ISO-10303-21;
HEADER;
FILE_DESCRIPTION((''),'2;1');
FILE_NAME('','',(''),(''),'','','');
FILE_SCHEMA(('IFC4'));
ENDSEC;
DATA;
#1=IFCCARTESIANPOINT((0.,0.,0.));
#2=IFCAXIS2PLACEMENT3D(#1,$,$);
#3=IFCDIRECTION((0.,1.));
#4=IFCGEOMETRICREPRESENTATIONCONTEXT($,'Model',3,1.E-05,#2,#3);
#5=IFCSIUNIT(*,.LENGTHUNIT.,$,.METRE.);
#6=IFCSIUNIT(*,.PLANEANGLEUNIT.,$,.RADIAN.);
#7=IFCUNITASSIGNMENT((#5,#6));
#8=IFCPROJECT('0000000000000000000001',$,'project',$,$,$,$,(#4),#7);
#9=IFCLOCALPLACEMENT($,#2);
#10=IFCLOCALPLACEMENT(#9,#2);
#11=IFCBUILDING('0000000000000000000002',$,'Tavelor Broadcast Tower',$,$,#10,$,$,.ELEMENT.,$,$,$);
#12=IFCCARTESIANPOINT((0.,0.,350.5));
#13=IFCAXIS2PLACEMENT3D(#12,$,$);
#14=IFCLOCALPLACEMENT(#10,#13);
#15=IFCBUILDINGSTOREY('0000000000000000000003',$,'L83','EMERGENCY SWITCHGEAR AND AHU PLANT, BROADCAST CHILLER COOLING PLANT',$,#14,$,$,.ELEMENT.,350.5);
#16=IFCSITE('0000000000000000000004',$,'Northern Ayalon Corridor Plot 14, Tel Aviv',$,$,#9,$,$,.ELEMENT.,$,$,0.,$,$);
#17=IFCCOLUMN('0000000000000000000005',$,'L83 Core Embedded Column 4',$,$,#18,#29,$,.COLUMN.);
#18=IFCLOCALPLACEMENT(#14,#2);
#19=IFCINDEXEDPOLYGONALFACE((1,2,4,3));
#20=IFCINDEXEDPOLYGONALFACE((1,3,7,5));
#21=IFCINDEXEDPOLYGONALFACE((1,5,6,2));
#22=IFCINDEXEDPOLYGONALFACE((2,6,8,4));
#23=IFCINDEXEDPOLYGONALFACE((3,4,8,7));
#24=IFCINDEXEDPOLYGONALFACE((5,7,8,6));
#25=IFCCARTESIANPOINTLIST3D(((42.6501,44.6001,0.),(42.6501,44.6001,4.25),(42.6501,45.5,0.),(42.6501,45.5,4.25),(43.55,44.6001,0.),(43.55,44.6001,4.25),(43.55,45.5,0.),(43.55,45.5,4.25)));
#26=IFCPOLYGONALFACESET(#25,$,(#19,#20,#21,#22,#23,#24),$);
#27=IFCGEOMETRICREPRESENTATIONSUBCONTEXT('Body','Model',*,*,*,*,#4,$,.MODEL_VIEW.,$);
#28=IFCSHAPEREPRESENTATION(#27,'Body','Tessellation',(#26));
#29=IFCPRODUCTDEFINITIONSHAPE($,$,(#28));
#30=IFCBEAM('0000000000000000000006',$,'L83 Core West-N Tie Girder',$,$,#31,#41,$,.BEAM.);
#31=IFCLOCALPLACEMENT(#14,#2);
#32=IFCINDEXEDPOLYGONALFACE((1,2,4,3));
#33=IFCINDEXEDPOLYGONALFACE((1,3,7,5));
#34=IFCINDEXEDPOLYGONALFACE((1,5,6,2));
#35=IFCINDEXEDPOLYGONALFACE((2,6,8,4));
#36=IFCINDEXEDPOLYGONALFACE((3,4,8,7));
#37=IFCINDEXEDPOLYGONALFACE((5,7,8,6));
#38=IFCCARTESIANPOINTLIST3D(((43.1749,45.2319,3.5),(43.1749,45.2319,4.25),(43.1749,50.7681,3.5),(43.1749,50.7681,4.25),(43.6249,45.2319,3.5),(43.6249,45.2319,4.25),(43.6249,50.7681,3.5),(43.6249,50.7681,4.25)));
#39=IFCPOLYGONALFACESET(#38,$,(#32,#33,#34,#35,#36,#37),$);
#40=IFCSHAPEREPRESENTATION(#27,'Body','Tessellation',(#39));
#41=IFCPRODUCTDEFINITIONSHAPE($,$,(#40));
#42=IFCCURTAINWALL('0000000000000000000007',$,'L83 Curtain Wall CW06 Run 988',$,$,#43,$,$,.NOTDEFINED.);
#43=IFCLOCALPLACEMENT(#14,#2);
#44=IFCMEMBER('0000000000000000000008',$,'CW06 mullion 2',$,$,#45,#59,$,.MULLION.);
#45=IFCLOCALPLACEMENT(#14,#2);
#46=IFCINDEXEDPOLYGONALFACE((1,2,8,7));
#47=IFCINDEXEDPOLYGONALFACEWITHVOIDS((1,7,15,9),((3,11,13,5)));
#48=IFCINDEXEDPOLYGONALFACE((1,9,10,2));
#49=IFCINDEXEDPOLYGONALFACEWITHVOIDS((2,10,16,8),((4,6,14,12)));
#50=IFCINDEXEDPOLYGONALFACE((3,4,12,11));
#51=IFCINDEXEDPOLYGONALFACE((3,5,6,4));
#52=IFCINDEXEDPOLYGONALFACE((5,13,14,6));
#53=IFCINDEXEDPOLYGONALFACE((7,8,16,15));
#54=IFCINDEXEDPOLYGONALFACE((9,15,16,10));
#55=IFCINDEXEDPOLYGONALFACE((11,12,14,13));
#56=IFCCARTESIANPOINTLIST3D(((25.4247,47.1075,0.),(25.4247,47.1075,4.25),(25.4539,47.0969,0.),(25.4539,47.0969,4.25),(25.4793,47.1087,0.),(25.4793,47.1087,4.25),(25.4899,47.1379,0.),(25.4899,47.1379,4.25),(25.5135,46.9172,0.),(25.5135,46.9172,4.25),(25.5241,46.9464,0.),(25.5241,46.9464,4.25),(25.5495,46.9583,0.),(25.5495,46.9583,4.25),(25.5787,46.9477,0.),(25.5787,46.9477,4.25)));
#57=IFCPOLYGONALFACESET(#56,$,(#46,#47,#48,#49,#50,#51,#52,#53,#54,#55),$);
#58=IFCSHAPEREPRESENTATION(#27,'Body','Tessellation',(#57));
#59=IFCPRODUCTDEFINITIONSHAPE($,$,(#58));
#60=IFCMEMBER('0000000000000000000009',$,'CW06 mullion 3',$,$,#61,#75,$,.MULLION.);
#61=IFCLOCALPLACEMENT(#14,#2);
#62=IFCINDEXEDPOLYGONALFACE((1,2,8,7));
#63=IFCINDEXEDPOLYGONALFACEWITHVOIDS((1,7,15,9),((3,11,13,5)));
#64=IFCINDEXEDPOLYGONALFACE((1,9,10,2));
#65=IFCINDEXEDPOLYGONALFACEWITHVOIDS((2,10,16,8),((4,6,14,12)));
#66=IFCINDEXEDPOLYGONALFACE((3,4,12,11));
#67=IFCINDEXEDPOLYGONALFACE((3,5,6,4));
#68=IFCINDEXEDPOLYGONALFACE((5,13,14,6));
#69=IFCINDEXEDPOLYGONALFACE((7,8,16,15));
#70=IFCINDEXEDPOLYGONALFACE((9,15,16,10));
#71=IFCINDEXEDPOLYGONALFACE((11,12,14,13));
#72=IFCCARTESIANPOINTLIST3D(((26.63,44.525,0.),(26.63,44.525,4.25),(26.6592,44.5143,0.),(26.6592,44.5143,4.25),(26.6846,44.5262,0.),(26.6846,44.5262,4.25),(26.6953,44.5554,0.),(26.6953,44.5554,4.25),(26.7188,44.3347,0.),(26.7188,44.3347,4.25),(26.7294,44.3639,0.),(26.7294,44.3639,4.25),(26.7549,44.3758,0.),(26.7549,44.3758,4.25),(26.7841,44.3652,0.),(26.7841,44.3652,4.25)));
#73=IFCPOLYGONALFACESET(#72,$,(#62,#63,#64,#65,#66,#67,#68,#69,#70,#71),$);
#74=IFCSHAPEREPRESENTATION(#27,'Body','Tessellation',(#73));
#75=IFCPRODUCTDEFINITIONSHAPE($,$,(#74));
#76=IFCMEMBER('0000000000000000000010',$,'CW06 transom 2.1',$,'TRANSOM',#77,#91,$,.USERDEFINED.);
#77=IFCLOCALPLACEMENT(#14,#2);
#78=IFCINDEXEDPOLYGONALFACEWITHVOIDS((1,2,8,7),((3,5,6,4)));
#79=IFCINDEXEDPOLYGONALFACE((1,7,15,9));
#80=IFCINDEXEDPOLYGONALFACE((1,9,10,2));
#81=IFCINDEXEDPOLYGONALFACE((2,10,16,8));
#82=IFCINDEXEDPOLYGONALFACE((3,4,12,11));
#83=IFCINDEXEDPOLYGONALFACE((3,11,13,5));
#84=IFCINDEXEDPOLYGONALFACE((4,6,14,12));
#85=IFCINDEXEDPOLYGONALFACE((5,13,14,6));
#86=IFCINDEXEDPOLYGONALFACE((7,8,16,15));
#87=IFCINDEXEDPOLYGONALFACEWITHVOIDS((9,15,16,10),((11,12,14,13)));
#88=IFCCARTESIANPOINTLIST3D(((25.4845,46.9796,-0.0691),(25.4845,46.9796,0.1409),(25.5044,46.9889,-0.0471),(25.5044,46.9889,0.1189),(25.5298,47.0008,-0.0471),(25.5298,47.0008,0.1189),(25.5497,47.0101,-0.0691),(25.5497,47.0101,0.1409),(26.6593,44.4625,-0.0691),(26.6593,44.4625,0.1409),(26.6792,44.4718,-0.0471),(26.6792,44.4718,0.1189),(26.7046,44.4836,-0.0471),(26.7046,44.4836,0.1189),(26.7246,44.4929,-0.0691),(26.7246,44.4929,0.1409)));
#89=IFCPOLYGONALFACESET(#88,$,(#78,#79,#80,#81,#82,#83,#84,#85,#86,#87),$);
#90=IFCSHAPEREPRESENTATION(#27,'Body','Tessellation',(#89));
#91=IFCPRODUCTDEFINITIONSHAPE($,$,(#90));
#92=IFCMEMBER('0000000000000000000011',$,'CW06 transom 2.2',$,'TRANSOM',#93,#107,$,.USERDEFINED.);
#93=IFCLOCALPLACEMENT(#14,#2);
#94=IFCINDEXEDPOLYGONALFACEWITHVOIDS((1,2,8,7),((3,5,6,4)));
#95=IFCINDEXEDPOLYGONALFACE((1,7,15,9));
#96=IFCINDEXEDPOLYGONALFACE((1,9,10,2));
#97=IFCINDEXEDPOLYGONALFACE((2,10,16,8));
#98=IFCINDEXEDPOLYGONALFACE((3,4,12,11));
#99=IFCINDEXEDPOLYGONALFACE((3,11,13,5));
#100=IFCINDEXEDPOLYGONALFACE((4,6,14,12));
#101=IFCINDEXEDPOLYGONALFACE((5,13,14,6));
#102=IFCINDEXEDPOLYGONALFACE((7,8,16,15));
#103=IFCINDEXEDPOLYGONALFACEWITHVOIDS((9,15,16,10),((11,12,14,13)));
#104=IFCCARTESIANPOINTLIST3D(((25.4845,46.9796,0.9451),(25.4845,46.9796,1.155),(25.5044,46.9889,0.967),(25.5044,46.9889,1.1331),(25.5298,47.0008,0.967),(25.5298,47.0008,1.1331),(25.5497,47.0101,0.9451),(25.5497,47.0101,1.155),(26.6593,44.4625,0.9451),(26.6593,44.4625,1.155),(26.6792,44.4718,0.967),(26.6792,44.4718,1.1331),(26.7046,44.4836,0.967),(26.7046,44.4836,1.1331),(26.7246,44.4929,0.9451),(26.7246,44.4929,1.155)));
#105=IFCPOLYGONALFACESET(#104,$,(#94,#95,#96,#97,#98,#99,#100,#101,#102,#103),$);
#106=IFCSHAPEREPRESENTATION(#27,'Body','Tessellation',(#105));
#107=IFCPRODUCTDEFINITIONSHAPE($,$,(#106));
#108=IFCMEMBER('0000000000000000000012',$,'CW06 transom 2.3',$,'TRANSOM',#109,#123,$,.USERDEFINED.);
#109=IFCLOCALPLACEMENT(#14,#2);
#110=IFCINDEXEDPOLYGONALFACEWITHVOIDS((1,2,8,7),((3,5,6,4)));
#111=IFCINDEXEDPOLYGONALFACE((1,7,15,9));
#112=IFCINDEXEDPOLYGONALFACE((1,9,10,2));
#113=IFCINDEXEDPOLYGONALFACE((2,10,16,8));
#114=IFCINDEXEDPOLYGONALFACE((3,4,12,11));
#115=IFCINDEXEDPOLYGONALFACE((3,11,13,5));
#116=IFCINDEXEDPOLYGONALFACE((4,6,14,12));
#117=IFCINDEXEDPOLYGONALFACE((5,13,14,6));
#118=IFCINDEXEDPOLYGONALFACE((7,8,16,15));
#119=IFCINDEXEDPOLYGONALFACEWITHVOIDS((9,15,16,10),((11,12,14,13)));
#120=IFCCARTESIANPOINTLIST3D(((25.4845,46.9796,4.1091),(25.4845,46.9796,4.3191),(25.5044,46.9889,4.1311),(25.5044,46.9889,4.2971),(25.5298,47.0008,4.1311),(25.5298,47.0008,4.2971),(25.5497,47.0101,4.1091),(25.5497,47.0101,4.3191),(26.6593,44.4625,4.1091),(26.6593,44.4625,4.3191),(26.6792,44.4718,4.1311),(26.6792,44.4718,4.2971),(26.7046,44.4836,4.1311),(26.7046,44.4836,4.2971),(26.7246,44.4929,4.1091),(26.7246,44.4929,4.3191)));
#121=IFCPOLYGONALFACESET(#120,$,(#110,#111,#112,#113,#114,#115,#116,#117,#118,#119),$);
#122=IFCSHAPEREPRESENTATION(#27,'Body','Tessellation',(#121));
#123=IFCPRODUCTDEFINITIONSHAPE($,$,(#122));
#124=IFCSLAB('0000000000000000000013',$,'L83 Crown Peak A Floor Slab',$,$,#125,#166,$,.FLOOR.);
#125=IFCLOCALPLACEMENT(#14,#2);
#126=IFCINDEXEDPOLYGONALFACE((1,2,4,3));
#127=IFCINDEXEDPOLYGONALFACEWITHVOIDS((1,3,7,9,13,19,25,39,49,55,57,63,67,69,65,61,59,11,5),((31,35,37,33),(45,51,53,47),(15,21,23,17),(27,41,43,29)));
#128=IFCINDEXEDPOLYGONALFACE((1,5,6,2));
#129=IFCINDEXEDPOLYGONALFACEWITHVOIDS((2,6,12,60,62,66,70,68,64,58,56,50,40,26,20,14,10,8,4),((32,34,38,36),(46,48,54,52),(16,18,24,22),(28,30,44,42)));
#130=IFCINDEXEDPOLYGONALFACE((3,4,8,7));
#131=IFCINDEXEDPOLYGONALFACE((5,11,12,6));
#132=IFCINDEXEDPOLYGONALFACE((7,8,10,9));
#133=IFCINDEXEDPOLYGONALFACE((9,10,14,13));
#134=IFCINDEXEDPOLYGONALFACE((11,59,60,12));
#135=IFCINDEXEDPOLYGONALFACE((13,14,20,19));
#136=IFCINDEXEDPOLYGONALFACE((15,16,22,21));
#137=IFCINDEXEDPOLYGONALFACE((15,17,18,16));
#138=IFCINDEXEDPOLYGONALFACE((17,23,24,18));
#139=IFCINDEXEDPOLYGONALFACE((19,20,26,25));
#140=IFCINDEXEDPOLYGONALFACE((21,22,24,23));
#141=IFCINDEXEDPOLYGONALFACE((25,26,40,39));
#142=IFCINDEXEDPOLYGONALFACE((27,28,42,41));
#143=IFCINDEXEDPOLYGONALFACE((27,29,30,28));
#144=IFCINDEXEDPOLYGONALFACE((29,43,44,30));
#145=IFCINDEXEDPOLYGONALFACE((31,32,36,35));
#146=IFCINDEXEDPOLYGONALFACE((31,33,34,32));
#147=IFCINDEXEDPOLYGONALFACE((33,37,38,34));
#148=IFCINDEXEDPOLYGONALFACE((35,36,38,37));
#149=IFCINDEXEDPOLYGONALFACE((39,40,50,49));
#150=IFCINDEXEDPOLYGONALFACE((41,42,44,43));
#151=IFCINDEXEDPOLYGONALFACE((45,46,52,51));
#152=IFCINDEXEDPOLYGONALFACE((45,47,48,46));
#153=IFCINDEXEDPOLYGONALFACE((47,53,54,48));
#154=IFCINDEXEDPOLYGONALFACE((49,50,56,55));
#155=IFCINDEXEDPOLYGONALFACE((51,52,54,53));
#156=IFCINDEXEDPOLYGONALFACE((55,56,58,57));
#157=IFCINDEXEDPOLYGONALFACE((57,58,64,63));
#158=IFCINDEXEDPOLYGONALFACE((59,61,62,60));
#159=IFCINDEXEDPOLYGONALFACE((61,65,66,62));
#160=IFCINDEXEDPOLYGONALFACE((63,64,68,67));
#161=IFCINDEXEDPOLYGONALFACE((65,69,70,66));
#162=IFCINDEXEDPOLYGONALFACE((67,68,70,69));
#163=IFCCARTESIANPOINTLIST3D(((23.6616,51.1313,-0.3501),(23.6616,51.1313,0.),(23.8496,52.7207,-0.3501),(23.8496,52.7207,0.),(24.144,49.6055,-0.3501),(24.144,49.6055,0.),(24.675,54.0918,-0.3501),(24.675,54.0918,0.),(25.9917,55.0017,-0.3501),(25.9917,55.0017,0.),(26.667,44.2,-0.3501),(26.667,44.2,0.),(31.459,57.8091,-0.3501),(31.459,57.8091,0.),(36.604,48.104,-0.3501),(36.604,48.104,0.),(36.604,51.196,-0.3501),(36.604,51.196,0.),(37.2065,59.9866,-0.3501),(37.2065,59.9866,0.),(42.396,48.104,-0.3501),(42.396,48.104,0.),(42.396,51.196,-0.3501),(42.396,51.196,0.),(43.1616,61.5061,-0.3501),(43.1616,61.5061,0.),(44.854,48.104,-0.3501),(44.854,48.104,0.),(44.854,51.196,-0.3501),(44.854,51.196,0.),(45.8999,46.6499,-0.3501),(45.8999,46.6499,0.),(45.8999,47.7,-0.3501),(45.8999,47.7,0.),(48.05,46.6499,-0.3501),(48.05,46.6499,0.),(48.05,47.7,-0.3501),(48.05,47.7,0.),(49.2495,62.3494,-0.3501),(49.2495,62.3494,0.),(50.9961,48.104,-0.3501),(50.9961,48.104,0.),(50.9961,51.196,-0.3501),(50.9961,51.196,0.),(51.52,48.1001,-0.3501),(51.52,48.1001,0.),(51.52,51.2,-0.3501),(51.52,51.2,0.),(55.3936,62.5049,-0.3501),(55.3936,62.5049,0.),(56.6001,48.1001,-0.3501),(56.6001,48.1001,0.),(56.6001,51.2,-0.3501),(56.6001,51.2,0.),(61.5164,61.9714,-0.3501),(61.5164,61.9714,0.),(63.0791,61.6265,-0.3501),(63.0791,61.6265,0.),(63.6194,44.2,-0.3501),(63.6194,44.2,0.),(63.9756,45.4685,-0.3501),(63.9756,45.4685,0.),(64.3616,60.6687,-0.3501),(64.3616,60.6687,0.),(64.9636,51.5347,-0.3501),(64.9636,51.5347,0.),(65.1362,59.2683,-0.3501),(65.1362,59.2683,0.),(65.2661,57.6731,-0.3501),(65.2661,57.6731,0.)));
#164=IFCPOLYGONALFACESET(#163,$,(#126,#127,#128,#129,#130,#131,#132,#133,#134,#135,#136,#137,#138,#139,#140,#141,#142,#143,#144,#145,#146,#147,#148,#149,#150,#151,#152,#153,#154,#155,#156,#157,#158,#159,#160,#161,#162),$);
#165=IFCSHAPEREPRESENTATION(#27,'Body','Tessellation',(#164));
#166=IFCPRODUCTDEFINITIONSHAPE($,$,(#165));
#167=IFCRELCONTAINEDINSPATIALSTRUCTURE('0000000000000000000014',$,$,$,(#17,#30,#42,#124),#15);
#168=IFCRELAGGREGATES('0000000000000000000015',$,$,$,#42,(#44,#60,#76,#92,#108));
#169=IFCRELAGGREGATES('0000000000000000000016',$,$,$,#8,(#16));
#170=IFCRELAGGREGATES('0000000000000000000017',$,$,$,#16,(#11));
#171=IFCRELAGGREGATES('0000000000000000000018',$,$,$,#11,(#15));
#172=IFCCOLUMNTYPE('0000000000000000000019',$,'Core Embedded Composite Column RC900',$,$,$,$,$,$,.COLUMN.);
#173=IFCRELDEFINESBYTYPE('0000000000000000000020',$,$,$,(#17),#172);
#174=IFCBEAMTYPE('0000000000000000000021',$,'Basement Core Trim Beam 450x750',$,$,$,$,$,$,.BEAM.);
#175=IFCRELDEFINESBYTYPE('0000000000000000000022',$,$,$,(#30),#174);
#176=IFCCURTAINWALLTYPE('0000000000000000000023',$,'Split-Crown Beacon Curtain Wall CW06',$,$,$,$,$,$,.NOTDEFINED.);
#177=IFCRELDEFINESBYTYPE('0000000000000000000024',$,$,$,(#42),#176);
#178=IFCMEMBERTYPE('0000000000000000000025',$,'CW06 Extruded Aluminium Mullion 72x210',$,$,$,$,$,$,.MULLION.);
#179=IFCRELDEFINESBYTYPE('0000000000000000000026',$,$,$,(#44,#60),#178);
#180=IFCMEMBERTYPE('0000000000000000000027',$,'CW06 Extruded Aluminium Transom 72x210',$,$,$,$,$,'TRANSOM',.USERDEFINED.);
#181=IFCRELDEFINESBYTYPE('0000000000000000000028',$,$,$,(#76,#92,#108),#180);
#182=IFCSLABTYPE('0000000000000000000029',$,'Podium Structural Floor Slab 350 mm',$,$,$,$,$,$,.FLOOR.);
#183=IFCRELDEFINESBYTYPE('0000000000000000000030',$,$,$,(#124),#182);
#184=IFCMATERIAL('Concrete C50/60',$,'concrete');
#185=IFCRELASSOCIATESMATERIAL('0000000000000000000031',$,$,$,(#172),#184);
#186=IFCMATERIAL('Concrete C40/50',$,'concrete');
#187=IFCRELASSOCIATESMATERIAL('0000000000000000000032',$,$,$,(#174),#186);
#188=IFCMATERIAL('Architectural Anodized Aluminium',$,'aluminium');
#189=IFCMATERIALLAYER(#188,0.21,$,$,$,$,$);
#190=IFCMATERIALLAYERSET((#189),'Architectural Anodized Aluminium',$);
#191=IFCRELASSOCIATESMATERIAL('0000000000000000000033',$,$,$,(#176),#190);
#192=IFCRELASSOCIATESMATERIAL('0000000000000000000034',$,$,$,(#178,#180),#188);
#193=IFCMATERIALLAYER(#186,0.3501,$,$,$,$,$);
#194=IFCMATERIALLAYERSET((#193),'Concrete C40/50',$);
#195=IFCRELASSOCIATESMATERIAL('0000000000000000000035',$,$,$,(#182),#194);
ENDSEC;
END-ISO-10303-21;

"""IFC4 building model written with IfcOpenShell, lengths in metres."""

from ifc_helpers import new_model, si_unit, direction, frame, origin, origin_2d, place, context, subcontext, project, spatial, polyline, rectangle, hollow_rectangle, outline, extrude, source, transform, mapped, material, layer, layer_set, material_profile, profile_set, type_object, type_shapes, element, aggregate, save


model = new_model("IFC4")

# Units and contexts
model_context = context("Model", 3, precision=1e-05, world=origin(), true_north=direction((0.0, 1.0)))
body_context = subcontext(model_context, "Body", "Model", "MODEL_VIEW")
ifc_project = project(units=[si_unit("LENGTHUNIT", "METRE"), si_unit("PLANEANGLEUNIT", "RADIAN")], contexts=[model_context])

# Site, building, storey
site_placement = place(None, origin())
site = spatial("IfcSite", under=ifc_project, at=site_placement, Name="Northern Ayalon Corridor Plot 14, Tel Aviv", CompositionType="ELEMENT", RefElevation=0.0)
building_placement = place(site_placement, origin())
building = spatial("IfcBuilding", under=site, at=building_placement, Name="Tavelor Broadcast Tower", CompositionType="ELEMENT")
storey_placement = place(building_placement, frame((0.0, 0.0, 350.5)))
storey = spatial("IfcBuildingStorey", under=building, at=storey_placement, Name="L83", Description="EMERGENCY SWITCHGEAR AND AHU PLANT, BROADCAST CHILLER COOLING PLANT", CompositionType="ELEMENT", Elevation=350.5)

# Column
ifc_material_1 = material(Name="Concrete C50/60", Category="concrete")
ifc_material_profile_1 = material_profile(ifc_material_1, rectangle(XDim=0.8999, YDim=0.8999, at=origin_2d()), Name="RC 900x900")
ifc_profile_set_1 = profile_set([ifc_material_profile_1], Name="Concrete C50/60")
column_type = type_object("IfcColumnType", Name="Core Embedded Composite Column RC900", PredefinedType="COLUMN", material=ifc_profile_set_1)
column_placement = place(storey_placement, frame((43.1001, 45.05, 0.0), z_axis=(0.0, 0.0, 1.0), x_axis=(1.0, 0.0, 0.0)))
element("IfcColumn", 1, at=column_placement, inside=storey, type_object=column_type, Name="L83 Core Embedded Column 4", PredefinedType="COLUMN", context=body_context, shape_type="SweptSolid", body=[
    extrude(rectangle(XDim=0.8999, YDim=0.8999, at=origin_2d()), origin(), (0.0, 0.0, 1.0), 4.25),
])

# Beam
ifc_material_2 = material(Name="Concrete C40/50", Category="concrete")
ifc_material_profile_2 = material_profile(ifc_material_2, rectangle(XDim=0.45, YDim=0.75, at=origin_2d()), Name="RC 450x750")
ifc_profile_set_2 = profile_set([ifc_material_profile_2], Name="Concrete C40/50")
beam_type = type_object("IfcBeamType", Name="Basement Core Trim Beam 450x750", PredefinedType="BEAM", material=ifc_profile_set_2)
beam_placement = place(storey_placement, frame((43.3999, 45.2319, 3.875), z_axis=(0.0, 1.0, 0.0), x_axis=(-1.0, 0.0, 0.0)))
element("IfcBeam", 2, at=beam_placement, inside=storey, type_object=beam_type, Name="L83 Core West-N Tie Girder", PredefinedType="BEAM", context=body_context, shape_type="SweptSolid", body=[
    extrude(rectangle(XDim=0.45, YDim=0.75, at=origin_2d()), origin(), (0.0, 0.0, 1.0), 5.5361),
])

# Curtain wall, members
ifc_material_3 = material(Name="Architectural Anodized Aluminium", Category="aluminium")
ifc_layer_1 = layer(ifc_material_3, 0.21)
ifc_layer_set_1 = layer_set([ifc_layer_1], Name="Architectural Anodized Aluminium")
curtain_wall_type = type_object("IfcCurtainWallType", Name="Split-Crown Beacon Curtain Wall CW06", PredefinedType="NOTDEFINED", material=ifc_layer_set_1)
curtain_wall_placement = place(storey_placement, origin())
curtain_wall = element("IfcCurtainWall", 3, at=curtain_wall_placement, inside=storey, type_object=curtain_wall_type, Name="L83 Curtain Wall CW06 Run 988", PredefinedType="NOTDEFINED")
ifc_material_profile_3 = material_profile(ifc_material_3, hollow_rectangle(XDim=0.072, YDim=0.21, WallThickness=0.022, at=origin_2d()), Name="RHS 72x210x22")
ifc_profile_set_3 = profile_set([ifc_material_profile_3], Name="Architectural Anodized Aluminium")
member_type_1 = type_object("IfcMemberType", Name="CW06 Extruded Aluminium Mullion 72x210", PredefinedType="MULLION", material=ifc_profile_set_3)
shared_shape_1 = source(origin(), body_context, "Body", "SweptSolid", [
    extrude(hollow_rectangle(XDim=0.072, YDim=0.21, WallThickness=0.022, at=origin_2d()), origin(), (0.0, 0.0, 1.0), 4.25),
])
type_shapes(member_type_1, [shared_shape_1])
member_1_placement = place(storey_placement, frame((25.5017, 47.0276, 0.0), z_axis=(0.0, 0.0, 1.0), x_axis=(0.906161, 0.422934, 0.0)))
member_1 = element("IfcMember", 4, at=member_1_placement, type_object=member_type_1, Name="CW06 mullion 2", PredefinedType="MULLION", context=body_context, shape_type="MappedRepresentation", body=[
    mapped(shared_shape_1, transform((0.0, 0.0, 0.0), scale=1.0)),
])
member_2_placement = place(storey_placement, frame((26.707, 44.4451, 0.0), z_axis=(0.0, 0.0, 1.0), x_axis=(0.906161, 0.422934, 0.0)))
member_2 = element("IfcMember", 5, at=member_2_placement, type_object=member_type_1, Name="CW06 mullion 3", PredefinedType="MULLION", context=body_context, shape_type="MappedRepresentation", body=[
    mapped(shared_shape_1, transform((0.0, 0.0, 0.0), scale=1.0)),
])
ifc_material_profile_4 = material_profile(ifc_material_3, hollow_rectangle(XDim=0.072, YDim=0.21, WallThickness=0.022, at=origin_2d()), Name="RHS 72x210x22")
ifc_profile_set_4 = profile_set([ifc_material_profile_4], Name="Architectural Anodized Aluminium")
member_type_2 = type_object("IfcMemberType", Name="CW06 Extruded Aluminium Transom 72x210", ElementType="TRANSOM", PredefinedType="USERDEFINED", material=ifc_profile_set_4)
shared_shape_2 = source(origin(), body_context, "Body", "SweptSolid", [
    extrude(hollow_rectangle(XDim=0.072, YDim=0.21, WallThickness=0.022, at=origin_2d()), origin(), (0.0, 0.0, 1.0), 2.7778),
])
type_shapes(member_type_2, [shared_shape_2])
member_3_placement = place(storey_placement, frame((25.5171, 46.9949, 0.0359), z_axis=(0.422934, -0.906161, 0.0), x_axis=(0.906161, 0.422934, 0.0)))
member_3 = element("IfcMember", 6, at=member_3_placement, type_object=member_type_2, Name="CW06 transom 2.1", ObjectType="TRANSOM", PredefinedType="USERDEFINED", context=body_context, shape_type="MappedRepresentation", body=[
    mapped(shared_shape_2, transform((0.0, 0.0, 0.0), scale=1.0)),
])
member_4_placement = place(storey_placement, frame((25.5171, 46.9949, 1.05), z_axis=(0.422934, -0.906161, 0.0), x_axis=(0.906161, 0.422934, 0.0)))
member_4 = element("IfcMember", 7, at=member_4_placement, type_object=member_type_2, Name="CW06 transom 2.2", ObjectType="TRANSOM", PredefinedType="USERDEFINED", context=body_context, shape_type="MappedRepresentation", body=[
    mapped(shared_shape_2, transform((0.0, 0.0, 0.0), scale=1.0)),
])
member_5_placement = place(storey_placement, frame((25.5171, 46.9949, 4.2141), z_axis=(0.422934, -0.906161, 0.0), x_axis=(0.906161, 0.422934, 0.0)))
member_5 = element("IfcMember", 8, at=member_5_placement, type_object=member_type_2, Name="CW06 transom 2.3", ObjectType="TRANSOM", PredefinedType="USERDEFINED", context=body_context, shape_type="MappedRepresentation", body=[
    mapped(shared_shape_2, transform((0.0, 0.0, 0.0), scale=1.0)),
])

# Slab
ifc_layer_2 = layer(ifc_material_2, 0.3501)
ifc_layer_set_2 = layer_set([ifc_layer_2], Name="Concrete C40/50")
slab_type_1 = type_object("IfcSlabType", Name="Podium Structural Floor Slab 350 mm", PredefinedType="FLOOR", material=ifc_layer_set_2)
slab_1_placement = place(storey_placement, frame((0.0, 0.0, -0.3501)))
element("IfcSlab", 9, at=slab_1_placement, inside=storey, type_object=slab_type_1, Name="L83 Crown Peak A Floor Slab", PredefinedType="FLOOR", context=body_context, shape_type="SweptSolid", body=[
    extrude(outline(polyline([(26.667, 44.2), (63.6194, 44.2), (63.9756, 45.4685), (64.9636, 51.5347), (65.2661, 57.6731), (65.1362, 59.2683), (64.3616, 60.6687), (63.0791, 61.6265), (61.5164, 61.9714), (55.3936, 62.5049), (49.2495, 62.3494), (43.1616, 61.5061), (37.2065, 59.9866), (31.459, 57.8091), (25.9917, 55.0017), (24.675, 54.0918), (23.8496, 52.7207), (23.6616, 51.1313), (24.144, 49.6055), (26.667, 44.2)]), holes=[polyline([(48.05, 47.7), (48.05, 46.6499), (45.8999, 46.6499), (45.8999, 47.7), (48.05, 47.7)]), polyline([(42.396, 51.196), (42.396, 48.104), (36.604, 48.104), (36.604, 51.196), (42.396, 51.196)]), polyline([(50.9961, 51.196), (50.9961, 48.104), (44.854, 48.104), (44.854, 51.196), (50.9961, 51.196)]), polyline([(56.6001, 51.2), (56.6001, 48.1001), (51.52, 48.1001), (51.52, 51.2), (56.6001, 51.2)])]), origin(), (0.0, 0.0, 1.0), 0.3501),
])

aggregate(curtain_wall, [member_1, member_2, member_3, member_4, member_5])

save(model, "model.ifc")
